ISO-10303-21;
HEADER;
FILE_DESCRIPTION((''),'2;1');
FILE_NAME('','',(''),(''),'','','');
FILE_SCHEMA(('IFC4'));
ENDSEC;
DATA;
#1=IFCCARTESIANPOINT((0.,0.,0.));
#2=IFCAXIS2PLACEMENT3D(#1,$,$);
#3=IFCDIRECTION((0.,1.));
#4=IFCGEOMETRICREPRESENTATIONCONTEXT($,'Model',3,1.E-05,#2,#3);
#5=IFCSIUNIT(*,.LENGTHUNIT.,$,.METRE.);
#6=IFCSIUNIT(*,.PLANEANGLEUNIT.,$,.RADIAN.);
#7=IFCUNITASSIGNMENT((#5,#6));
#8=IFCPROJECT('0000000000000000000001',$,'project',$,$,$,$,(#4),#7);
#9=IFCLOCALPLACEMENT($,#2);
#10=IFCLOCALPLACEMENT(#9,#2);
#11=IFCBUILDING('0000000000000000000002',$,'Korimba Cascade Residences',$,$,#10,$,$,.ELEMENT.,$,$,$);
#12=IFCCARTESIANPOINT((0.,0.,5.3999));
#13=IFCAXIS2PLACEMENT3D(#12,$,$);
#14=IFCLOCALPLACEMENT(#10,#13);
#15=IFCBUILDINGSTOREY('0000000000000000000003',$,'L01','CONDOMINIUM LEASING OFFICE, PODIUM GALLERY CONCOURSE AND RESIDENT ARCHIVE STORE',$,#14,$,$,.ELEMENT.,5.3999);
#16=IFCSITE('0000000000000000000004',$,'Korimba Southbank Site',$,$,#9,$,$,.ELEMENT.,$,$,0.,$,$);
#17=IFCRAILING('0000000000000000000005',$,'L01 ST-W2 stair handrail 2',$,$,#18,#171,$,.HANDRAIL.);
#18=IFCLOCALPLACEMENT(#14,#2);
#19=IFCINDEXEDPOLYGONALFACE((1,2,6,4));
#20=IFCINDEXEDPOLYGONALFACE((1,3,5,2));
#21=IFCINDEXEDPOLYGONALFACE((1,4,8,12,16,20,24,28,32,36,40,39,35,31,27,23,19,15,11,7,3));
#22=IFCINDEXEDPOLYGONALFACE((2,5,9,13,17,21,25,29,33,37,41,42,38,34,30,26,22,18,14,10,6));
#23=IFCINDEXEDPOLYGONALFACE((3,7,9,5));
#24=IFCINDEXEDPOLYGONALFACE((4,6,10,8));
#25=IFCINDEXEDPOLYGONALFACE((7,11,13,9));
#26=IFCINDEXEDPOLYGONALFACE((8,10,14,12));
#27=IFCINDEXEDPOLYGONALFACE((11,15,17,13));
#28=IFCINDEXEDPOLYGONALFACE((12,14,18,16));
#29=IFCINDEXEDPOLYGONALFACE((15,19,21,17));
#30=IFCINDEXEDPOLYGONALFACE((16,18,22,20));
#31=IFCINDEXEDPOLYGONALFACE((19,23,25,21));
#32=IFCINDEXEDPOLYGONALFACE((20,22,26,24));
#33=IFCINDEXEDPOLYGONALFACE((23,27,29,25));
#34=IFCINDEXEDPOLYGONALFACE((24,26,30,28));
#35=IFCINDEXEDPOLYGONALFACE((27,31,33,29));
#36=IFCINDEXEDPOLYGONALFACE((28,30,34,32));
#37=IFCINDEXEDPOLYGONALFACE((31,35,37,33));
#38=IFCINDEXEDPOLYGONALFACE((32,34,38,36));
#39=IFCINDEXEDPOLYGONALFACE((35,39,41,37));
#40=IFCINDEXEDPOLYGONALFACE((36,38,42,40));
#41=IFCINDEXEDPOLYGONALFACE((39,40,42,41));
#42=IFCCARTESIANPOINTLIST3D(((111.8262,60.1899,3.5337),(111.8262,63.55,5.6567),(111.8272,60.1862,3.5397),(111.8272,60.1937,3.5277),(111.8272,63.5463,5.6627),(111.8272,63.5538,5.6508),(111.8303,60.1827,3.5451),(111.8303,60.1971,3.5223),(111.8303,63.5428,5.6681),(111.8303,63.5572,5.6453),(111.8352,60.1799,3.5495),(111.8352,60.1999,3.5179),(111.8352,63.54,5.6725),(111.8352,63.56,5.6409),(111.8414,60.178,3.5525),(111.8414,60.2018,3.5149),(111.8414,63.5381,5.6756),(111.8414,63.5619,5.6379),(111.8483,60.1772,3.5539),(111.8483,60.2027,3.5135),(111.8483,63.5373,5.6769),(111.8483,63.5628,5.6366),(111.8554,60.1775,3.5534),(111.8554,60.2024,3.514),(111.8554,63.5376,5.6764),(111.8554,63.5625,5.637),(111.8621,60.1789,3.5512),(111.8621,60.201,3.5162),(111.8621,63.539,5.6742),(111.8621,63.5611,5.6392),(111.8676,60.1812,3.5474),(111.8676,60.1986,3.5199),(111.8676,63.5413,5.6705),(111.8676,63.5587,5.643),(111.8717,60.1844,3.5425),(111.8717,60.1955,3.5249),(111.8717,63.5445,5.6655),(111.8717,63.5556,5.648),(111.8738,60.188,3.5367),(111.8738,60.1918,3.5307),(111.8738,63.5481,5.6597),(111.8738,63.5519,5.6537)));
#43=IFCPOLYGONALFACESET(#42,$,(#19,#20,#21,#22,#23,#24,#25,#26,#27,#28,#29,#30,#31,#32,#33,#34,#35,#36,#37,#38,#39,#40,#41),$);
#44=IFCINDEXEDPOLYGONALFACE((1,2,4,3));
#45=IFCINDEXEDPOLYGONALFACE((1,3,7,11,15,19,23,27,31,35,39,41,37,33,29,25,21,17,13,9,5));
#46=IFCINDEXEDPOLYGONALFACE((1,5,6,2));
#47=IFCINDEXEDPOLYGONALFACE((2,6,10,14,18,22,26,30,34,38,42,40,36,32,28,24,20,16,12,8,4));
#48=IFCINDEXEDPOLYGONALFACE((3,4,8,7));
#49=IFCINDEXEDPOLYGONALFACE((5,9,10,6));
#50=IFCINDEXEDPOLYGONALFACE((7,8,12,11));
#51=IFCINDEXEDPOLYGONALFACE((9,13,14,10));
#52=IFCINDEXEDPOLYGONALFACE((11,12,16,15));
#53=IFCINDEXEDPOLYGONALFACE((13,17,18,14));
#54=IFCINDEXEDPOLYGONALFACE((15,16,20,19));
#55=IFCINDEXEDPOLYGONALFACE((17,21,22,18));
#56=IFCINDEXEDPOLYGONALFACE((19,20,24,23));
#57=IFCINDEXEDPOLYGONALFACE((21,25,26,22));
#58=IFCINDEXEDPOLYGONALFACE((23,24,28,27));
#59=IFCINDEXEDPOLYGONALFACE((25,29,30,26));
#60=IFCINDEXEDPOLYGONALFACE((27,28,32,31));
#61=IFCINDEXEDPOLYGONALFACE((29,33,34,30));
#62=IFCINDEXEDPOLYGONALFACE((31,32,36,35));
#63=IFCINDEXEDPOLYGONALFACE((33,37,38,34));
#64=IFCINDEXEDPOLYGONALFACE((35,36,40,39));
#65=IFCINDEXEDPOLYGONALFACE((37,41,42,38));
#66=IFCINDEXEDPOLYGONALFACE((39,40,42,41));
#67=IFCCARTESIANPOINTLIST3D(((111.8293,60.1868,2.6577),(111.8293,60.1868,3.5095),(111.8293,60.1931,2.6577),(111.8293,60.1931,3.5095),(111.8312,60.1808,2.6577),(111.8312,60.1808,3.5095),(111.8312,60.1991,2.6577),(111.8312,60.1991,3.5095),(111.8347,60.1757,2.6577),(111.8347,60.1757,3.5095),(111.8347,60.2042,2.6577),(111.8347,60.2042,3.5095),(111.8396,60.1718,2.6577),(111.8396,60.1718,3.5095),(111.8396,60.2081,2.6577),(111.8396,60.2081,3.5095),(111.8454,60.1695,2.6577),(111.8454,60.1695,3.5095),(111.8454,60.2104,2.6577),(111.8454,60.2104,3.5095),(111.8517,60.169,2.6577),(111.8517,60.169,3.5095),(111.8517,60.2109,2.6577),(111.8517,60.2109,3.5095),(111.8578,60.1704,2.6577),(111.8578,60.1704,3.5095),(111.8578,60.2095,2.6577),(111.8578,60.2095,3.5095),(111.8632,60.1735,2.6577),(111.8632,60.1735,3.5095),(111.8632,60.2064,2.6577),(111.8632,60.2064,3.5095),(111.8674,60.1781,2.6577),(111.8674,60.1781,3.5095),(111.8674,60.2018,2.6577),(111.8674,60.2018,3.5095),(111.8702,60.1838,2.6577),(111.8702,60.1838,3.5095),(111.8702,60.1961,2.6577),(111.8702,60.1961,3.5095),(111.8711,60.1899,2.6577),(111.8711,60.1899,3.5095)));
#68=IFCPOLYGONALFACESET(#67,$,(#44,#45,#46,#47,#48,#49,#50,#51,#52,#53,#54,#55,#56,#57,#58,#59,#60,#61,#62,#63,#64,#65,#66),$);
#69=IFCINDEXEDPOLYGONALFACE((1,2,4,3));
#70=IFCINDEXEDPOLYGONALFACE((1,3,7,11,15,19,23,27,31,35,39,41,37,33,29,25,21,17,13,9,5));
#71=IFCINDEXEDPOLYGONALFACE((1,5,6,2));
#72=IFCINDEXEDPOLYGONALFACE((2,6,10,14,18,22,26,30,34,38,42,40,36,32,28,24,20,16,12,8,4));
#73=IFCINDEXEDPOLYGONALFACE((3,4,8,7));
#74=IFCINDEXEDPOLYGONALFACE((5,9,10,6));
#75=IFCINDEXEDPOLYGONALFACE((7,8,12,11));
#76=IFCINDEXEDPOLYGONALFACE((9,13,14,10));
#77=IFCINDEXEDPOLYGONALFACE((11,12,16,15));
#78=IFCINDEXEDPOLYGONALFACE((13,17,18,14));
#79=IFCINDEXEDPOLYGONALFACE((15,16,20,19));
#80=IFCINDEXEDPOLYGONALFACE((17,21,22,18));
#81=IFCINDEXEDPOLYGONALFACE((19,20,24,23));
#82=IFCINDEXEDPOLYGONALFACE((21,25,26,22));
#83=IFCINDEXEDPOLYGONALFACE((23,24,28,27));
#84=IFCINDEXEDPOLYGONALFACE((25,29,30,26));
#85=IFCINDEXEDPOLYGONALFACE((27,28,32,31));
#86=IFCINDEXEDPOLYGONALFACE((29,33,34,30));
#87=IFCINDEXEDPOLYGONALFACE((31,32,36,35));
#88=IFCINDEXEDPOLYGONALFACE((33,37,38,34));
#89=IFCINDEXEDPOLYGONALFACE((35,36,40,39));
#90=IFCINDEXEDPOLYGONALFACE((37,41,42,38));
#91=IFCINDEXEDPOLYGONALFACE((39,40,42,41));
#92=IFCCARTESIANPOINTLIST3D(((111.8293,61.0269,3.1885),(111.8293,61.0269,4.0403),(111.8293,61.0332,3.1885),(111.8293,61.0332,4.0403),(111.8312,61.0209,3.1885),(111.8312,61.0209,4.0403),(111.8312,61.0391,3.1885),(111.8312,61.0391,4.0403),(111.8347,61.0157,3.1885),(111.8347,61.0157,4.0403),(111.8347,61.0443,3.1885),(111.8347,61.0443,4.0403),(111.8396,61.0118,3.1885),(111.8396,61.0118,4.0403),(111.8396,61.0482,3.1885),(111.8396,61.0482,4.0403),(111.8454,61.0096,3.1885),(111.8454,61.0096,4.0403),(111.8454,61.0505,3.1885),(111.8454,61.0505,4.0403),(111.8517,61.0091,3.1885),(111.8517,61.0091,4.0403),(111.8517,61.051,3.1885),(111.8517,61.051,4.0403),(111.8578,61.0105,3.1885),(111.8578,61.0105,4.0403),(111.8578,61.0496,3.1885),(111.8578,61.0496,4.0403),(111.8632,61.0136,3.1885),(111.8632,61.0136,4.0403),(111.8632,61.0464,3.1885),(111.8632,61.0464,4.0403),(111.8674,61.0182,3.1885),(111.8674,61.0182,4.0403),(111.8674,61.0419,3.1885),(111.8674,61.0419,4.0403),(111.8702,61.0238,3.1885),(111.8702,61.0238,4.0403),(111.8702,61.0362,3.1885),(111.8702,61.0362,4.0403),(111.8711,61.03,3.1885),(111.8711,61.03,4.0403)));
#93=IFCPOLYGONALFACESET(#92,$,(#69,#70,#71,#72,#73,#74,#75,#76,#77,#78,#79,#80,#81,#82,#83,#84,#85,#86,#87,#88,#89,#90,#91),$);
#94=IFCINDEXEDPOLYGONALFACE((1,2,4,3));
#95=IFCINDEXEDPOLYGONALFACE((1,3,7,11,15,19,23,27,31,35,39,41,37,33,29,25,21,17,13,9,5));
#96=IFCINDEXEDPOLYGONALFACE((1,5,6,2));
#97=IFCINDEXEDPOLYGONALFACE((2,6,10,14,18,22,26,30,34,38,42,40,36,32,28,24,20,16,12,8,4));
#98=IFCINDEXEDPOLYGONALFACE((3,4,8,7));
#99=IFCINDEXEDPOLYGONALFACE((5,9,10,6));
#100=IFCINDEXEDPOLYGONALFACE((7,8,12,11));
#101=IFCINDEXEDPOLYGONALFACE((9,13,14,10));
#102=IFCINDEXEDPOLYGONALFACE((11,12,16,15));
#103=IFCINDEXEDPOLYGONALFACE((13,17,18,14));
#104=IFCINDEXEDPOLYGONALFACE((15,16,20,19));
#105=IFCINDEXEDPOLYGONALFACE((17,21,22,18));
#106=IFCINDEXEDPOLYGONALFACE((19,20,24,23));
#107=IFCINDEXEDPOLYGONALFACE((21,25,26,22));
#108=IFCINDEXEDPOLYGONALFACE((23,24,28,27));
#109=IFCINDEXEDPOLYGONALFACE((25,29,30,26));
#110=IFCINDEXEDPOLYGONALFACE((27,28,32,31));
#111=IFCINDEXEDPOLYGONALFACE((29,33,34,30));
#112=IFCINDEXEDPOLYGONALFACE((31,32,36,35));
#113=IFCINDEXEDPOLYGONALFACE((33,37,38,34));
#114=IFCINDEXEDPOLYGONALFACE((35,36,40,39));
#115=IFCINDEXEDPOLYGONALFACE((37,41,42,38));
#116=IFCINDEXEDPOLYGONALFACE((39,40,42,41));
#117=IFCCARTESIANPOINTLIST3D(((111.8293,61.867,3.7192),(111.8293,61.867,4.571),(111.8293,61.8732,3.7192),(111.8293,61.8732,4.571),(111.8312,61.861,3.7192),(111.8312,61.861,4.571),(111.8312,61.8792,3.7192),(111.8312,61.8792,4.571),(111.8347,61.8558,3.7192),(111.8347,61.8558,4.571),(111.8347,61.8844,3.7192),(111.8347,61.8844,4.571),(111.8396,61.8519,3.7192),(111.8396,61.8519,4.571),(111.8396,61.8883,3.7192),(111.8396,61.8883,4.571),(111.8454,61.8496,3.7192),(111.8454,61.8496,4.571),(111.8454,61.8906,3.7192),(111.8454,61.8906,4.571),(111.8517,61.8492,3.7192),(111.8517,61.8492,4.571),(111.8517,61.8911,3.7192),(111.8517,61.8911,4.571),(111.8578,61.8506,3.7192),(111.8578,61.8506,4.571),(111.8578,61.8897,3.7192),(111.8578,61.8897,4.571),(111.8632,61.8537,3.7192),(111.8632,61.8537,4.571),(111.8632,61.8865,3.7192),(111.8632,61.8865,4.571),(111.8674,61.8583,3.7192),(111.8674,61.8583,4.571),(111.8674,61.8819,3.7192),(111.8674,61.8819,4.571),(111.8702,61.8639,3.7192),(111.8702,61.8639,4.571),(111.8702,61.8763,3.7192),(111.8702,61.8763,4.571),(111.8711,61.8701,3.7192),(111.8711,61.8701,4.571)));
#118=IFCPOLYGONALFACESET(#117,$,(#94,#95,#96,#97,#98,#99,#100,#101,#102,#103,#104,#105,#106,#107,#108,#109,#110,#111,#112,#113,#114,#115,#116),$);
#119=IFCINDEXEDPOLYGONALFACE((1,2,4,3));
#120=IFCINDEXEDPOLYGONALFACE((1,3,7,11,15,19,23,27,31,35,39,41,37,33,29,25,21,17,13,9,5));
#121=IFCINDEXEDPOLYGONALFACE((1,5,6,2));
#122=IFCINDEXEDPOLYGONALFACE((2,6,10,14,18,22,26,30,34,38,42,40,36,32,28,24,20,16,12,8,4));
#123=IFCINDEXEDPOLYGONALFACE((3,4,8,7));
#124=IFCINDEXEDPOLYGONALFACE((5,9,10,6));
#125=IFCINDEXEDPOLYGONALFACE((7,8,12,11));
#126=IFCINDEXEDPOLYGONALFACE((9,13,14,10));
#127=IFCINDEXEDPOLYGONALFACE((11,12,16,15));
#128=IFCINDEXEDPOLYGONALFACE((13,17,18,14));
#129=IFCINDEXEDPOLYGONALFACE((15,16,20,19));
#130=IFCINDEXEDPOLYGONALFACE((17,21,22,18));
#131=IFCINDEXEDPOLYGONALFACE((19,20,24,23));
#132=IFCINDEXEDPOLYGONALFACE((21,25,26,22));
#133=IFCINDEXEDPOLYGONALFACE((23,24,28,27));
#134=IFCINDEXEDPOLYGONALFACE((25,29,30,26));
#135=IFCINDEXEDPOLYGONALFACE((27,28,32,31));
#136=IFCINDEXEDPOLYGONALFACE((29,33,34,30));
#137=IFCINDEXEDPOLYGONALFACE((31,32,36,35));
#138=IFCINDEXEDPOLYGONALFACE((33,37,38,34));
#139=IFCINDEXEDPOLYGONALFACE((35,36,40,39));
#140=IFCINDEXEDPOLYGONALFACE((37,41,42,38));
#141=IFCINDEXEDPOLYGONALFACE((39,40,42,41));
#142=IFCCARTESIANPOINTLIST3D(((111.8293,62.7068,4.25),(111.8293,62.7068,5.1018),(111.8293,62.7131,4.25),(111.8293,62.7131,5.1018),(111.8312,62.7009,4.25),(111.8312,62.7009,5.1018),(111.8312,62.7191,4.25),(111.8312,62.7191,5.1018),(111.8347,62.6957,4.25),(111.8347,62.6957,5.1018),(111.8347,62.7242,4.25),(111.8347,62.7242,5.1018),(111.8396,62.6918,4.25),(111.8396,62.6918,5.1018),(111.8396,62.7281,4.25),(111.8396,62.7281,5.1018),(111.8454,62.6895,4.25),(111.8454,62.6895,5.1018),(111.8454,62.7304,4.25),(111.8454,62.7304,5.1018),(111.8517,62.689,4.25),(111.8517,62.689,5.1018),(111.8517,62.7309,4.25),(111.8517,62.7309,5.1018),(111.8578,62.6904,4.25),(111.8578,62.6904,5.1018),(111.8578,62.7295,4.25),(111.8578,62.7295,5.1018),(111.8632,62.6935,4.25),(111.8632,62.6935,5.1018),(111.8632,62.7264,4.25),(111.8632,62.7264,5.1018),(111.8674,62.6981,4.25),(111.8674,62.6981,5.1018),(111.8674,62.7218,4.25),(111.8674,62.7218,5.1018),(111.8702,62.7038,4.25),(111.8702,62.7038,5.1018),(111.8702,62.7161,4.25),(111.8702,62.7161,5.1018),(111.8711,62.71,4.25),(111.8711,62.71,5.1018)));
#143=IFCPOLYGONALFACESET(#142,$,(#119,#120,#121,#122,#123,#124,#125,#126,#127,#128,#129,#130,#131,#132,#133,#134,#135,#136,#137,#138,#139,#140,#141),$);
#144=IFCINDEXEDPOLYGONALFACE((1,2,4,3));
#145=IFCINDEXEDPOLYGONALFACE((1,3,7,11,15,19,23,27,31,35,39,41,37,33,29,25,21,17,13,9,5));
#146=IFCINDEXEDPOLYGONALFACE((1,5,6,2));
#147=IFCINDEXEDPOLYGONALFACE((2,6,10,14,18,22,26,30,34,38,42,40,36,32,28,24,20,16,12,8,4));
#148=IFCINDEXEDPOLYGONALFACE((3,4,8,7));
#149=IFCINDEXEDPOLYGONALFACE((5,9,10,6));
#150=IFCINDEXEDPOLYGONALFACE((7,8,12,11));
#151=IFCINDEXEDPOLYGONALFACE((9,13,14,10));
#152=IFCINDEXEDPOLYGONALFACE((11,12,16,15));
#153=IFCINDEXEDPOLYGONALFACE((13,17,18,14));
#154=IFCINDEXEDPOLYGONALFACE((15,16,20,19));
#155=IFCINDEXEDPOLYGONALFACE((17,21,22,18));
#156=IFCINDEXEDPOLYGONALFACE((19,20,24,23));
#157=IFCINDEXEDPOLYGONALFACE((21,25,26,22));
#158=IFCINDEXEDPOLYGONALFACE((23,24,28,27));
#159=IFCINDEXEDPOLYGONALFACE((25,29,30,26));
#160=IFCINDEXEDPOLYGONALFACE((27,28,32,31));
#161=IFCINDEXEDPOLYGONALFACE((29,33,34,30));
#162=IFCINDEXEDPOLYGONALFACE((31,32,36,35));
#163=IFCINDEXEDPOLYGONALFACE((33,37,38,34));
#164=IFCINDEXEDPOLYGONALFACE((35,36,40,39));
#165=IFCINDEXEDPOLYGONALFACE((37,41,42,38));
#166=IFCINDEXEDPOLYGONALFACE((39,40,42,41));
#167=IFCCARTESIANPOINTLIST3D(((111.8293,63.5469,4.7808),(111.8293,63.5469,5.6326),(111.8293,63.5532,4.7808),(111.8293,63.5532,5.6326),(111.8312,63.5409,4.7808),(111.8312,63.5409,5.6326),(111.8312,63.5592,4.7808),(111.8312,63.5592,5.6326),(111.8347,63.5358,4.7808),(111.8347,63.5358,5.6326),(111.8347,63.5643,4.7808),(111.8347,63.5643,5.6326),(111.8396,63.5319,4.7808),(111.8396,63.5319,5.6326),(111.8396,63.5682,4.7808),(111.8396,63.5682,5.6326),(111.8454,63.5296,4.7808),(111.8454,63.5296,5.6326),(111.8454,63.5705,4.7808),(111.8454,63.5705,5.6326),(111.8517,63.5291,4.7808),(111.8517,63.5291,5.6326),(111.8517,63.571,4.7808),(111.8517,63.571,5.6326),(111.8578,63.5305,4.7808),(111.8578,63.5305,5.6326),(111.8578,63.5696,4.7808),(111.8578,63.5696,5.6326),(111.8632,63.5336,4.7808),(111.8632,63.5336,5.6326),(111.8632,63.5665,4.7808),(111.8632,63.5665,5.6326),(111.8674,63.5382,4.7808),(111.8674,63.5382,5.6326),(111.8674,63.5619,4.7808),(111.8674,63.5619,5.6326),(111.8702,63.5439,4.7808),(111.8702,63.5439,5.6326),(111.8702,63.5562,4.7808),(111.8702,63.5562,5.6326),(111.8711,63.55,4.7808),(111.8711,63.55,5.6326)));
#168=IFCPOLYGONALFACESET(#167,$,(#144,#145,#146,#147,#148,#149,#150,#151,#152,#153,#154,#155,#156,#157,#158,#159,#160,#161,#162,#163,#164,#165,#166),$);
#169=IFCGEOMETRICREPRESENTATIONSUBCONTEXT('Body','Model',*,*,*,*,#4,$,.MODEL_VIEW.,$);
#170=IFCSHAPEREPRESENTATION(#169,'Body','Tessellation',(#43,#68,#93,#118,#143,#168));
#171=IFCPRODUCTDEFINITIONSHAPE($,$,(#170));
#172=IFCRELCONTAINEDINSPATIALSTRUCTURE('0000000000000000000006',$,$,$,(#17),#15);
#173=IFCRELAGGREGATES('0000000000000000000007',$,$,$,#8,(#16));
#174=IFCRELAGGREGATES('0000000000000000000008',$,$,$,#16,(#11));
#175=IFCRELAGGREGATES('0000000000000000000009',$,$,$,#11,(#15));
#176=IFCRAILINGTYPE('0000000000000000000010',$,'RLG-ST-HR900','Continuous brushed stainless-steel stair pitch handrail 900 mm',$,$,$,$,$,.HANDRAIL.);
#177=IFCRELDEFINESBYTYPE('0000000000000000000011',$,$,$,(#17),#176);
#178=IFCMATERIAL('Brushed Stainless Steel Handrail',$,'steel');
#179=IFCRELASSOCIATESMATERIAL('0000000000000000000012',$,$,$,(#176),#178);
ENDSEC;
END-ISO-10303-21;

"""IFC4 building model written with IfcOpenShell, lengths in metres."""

from ifc_helpers import new_model, si_unit, direction, frame, origin, origin_2d, place, context, subcontext, project, spatial, circle, extrude, material, type_object, element, save


model = new_model("IFC4")

# Units and contexts
model_context = context("Model", 3, precision=1e-05, world=origin(), true_north=direction((0.0, 1.0)))
body_context = subcontext(model_context, "Body", "Model", "MODEL_VIEW")
ifc_project = project(units=[si_unit("LENGTHUNIT", "METRE"), si_unit("PLANEANGLEUNIT", "RADIAN")], contexts=[model_context])

# Site, building, storey
site_placement = place(None, origin())
site = spatial("IfcSite", under=ifc_project, at=site_placement, Name="Korimba Southbank Site", CompositionType="ELEMENT", RefElevation=0.0)
building_placement = place(site_placement, origin())
building = spatial("IfcBuilding", under=site, at=building_placement, Name="Korimba Cascade Residences", CompositionType="ELEMENT")
storey_placement = place(building_placement, frame((0.0, 0.0, 5.3999)))
storey = spatial("IfcBuildingStorey", under=building, at=storey_placement, Name="L01", Description="CONDOMINIUM LEASING OFFICE, PODIUM GALLERY CONCOURSE AND RESIDENT ARCHIVE STORE", CompositionType="ELEMENT", Elevation=5.3999)

# Railing
ifc_material_1 = material(Name="Brushed Stainless Steel Handrail", Category="steel")
railing_type_1 = type_object("IfcRailingType", Name="RLG-ST-HR900", Description="Continuous brushed stainless-steel stair pitch handrail 900 mm", PredefinedType="HANDRAIL", material=ifc_material_1)
for number, where, name in (
    (1, (111.8501, 60.1899, 2.6577), "L01 ST-W2 stair handrail 2"),
):
    element("IfcRailing", number, at=place(storey_placement, frame(where)), inside=storey, type_object=railing_type_1, Name=name, PredefinedType="HANDRAIL", context=body_context, shape_type="SweptSolid", body=[
        extrude(circle(Radius=0.0239, at=origin_2d()), frame((0.0, 0.0, 0.876), z_axis=(0.0, 0.84539, 0.53415), x_axis=(-1.0, 0.0, 0.0)), (0.0, 0.0, 1.0), 3.9746),
        extrude(circle(Radius=0.021, at=origin_2d()), origin(), (0.0, 0.0, 1.0), 0.8518),
        extrude(circle(Radius=0.021, at=origin_2d()), frame((0.0, 0.8401, 0.5308)), (0.0, 0.0, 1.0), 0.8518),
        extrude(circle(Radius=0.021, at=origin_2d()), frame((0.0, 1.6802, 1.0615)), (0.0, 0.0, 1.0), 0.8518),
        extrude(circle(Radius=0.021, at=origin_2d()), frame((0.0, 2.52, 1.5923)), (0.0, 0.0, 1.0), 0.8518),
        extrude(circle(Radius=0.021, at=origin_2d()), frame((0.0, 3.3601, 2.123)), (0.0, 0.0, 1.0), 0.8518),
    ])

save(model, "model.ifc")
